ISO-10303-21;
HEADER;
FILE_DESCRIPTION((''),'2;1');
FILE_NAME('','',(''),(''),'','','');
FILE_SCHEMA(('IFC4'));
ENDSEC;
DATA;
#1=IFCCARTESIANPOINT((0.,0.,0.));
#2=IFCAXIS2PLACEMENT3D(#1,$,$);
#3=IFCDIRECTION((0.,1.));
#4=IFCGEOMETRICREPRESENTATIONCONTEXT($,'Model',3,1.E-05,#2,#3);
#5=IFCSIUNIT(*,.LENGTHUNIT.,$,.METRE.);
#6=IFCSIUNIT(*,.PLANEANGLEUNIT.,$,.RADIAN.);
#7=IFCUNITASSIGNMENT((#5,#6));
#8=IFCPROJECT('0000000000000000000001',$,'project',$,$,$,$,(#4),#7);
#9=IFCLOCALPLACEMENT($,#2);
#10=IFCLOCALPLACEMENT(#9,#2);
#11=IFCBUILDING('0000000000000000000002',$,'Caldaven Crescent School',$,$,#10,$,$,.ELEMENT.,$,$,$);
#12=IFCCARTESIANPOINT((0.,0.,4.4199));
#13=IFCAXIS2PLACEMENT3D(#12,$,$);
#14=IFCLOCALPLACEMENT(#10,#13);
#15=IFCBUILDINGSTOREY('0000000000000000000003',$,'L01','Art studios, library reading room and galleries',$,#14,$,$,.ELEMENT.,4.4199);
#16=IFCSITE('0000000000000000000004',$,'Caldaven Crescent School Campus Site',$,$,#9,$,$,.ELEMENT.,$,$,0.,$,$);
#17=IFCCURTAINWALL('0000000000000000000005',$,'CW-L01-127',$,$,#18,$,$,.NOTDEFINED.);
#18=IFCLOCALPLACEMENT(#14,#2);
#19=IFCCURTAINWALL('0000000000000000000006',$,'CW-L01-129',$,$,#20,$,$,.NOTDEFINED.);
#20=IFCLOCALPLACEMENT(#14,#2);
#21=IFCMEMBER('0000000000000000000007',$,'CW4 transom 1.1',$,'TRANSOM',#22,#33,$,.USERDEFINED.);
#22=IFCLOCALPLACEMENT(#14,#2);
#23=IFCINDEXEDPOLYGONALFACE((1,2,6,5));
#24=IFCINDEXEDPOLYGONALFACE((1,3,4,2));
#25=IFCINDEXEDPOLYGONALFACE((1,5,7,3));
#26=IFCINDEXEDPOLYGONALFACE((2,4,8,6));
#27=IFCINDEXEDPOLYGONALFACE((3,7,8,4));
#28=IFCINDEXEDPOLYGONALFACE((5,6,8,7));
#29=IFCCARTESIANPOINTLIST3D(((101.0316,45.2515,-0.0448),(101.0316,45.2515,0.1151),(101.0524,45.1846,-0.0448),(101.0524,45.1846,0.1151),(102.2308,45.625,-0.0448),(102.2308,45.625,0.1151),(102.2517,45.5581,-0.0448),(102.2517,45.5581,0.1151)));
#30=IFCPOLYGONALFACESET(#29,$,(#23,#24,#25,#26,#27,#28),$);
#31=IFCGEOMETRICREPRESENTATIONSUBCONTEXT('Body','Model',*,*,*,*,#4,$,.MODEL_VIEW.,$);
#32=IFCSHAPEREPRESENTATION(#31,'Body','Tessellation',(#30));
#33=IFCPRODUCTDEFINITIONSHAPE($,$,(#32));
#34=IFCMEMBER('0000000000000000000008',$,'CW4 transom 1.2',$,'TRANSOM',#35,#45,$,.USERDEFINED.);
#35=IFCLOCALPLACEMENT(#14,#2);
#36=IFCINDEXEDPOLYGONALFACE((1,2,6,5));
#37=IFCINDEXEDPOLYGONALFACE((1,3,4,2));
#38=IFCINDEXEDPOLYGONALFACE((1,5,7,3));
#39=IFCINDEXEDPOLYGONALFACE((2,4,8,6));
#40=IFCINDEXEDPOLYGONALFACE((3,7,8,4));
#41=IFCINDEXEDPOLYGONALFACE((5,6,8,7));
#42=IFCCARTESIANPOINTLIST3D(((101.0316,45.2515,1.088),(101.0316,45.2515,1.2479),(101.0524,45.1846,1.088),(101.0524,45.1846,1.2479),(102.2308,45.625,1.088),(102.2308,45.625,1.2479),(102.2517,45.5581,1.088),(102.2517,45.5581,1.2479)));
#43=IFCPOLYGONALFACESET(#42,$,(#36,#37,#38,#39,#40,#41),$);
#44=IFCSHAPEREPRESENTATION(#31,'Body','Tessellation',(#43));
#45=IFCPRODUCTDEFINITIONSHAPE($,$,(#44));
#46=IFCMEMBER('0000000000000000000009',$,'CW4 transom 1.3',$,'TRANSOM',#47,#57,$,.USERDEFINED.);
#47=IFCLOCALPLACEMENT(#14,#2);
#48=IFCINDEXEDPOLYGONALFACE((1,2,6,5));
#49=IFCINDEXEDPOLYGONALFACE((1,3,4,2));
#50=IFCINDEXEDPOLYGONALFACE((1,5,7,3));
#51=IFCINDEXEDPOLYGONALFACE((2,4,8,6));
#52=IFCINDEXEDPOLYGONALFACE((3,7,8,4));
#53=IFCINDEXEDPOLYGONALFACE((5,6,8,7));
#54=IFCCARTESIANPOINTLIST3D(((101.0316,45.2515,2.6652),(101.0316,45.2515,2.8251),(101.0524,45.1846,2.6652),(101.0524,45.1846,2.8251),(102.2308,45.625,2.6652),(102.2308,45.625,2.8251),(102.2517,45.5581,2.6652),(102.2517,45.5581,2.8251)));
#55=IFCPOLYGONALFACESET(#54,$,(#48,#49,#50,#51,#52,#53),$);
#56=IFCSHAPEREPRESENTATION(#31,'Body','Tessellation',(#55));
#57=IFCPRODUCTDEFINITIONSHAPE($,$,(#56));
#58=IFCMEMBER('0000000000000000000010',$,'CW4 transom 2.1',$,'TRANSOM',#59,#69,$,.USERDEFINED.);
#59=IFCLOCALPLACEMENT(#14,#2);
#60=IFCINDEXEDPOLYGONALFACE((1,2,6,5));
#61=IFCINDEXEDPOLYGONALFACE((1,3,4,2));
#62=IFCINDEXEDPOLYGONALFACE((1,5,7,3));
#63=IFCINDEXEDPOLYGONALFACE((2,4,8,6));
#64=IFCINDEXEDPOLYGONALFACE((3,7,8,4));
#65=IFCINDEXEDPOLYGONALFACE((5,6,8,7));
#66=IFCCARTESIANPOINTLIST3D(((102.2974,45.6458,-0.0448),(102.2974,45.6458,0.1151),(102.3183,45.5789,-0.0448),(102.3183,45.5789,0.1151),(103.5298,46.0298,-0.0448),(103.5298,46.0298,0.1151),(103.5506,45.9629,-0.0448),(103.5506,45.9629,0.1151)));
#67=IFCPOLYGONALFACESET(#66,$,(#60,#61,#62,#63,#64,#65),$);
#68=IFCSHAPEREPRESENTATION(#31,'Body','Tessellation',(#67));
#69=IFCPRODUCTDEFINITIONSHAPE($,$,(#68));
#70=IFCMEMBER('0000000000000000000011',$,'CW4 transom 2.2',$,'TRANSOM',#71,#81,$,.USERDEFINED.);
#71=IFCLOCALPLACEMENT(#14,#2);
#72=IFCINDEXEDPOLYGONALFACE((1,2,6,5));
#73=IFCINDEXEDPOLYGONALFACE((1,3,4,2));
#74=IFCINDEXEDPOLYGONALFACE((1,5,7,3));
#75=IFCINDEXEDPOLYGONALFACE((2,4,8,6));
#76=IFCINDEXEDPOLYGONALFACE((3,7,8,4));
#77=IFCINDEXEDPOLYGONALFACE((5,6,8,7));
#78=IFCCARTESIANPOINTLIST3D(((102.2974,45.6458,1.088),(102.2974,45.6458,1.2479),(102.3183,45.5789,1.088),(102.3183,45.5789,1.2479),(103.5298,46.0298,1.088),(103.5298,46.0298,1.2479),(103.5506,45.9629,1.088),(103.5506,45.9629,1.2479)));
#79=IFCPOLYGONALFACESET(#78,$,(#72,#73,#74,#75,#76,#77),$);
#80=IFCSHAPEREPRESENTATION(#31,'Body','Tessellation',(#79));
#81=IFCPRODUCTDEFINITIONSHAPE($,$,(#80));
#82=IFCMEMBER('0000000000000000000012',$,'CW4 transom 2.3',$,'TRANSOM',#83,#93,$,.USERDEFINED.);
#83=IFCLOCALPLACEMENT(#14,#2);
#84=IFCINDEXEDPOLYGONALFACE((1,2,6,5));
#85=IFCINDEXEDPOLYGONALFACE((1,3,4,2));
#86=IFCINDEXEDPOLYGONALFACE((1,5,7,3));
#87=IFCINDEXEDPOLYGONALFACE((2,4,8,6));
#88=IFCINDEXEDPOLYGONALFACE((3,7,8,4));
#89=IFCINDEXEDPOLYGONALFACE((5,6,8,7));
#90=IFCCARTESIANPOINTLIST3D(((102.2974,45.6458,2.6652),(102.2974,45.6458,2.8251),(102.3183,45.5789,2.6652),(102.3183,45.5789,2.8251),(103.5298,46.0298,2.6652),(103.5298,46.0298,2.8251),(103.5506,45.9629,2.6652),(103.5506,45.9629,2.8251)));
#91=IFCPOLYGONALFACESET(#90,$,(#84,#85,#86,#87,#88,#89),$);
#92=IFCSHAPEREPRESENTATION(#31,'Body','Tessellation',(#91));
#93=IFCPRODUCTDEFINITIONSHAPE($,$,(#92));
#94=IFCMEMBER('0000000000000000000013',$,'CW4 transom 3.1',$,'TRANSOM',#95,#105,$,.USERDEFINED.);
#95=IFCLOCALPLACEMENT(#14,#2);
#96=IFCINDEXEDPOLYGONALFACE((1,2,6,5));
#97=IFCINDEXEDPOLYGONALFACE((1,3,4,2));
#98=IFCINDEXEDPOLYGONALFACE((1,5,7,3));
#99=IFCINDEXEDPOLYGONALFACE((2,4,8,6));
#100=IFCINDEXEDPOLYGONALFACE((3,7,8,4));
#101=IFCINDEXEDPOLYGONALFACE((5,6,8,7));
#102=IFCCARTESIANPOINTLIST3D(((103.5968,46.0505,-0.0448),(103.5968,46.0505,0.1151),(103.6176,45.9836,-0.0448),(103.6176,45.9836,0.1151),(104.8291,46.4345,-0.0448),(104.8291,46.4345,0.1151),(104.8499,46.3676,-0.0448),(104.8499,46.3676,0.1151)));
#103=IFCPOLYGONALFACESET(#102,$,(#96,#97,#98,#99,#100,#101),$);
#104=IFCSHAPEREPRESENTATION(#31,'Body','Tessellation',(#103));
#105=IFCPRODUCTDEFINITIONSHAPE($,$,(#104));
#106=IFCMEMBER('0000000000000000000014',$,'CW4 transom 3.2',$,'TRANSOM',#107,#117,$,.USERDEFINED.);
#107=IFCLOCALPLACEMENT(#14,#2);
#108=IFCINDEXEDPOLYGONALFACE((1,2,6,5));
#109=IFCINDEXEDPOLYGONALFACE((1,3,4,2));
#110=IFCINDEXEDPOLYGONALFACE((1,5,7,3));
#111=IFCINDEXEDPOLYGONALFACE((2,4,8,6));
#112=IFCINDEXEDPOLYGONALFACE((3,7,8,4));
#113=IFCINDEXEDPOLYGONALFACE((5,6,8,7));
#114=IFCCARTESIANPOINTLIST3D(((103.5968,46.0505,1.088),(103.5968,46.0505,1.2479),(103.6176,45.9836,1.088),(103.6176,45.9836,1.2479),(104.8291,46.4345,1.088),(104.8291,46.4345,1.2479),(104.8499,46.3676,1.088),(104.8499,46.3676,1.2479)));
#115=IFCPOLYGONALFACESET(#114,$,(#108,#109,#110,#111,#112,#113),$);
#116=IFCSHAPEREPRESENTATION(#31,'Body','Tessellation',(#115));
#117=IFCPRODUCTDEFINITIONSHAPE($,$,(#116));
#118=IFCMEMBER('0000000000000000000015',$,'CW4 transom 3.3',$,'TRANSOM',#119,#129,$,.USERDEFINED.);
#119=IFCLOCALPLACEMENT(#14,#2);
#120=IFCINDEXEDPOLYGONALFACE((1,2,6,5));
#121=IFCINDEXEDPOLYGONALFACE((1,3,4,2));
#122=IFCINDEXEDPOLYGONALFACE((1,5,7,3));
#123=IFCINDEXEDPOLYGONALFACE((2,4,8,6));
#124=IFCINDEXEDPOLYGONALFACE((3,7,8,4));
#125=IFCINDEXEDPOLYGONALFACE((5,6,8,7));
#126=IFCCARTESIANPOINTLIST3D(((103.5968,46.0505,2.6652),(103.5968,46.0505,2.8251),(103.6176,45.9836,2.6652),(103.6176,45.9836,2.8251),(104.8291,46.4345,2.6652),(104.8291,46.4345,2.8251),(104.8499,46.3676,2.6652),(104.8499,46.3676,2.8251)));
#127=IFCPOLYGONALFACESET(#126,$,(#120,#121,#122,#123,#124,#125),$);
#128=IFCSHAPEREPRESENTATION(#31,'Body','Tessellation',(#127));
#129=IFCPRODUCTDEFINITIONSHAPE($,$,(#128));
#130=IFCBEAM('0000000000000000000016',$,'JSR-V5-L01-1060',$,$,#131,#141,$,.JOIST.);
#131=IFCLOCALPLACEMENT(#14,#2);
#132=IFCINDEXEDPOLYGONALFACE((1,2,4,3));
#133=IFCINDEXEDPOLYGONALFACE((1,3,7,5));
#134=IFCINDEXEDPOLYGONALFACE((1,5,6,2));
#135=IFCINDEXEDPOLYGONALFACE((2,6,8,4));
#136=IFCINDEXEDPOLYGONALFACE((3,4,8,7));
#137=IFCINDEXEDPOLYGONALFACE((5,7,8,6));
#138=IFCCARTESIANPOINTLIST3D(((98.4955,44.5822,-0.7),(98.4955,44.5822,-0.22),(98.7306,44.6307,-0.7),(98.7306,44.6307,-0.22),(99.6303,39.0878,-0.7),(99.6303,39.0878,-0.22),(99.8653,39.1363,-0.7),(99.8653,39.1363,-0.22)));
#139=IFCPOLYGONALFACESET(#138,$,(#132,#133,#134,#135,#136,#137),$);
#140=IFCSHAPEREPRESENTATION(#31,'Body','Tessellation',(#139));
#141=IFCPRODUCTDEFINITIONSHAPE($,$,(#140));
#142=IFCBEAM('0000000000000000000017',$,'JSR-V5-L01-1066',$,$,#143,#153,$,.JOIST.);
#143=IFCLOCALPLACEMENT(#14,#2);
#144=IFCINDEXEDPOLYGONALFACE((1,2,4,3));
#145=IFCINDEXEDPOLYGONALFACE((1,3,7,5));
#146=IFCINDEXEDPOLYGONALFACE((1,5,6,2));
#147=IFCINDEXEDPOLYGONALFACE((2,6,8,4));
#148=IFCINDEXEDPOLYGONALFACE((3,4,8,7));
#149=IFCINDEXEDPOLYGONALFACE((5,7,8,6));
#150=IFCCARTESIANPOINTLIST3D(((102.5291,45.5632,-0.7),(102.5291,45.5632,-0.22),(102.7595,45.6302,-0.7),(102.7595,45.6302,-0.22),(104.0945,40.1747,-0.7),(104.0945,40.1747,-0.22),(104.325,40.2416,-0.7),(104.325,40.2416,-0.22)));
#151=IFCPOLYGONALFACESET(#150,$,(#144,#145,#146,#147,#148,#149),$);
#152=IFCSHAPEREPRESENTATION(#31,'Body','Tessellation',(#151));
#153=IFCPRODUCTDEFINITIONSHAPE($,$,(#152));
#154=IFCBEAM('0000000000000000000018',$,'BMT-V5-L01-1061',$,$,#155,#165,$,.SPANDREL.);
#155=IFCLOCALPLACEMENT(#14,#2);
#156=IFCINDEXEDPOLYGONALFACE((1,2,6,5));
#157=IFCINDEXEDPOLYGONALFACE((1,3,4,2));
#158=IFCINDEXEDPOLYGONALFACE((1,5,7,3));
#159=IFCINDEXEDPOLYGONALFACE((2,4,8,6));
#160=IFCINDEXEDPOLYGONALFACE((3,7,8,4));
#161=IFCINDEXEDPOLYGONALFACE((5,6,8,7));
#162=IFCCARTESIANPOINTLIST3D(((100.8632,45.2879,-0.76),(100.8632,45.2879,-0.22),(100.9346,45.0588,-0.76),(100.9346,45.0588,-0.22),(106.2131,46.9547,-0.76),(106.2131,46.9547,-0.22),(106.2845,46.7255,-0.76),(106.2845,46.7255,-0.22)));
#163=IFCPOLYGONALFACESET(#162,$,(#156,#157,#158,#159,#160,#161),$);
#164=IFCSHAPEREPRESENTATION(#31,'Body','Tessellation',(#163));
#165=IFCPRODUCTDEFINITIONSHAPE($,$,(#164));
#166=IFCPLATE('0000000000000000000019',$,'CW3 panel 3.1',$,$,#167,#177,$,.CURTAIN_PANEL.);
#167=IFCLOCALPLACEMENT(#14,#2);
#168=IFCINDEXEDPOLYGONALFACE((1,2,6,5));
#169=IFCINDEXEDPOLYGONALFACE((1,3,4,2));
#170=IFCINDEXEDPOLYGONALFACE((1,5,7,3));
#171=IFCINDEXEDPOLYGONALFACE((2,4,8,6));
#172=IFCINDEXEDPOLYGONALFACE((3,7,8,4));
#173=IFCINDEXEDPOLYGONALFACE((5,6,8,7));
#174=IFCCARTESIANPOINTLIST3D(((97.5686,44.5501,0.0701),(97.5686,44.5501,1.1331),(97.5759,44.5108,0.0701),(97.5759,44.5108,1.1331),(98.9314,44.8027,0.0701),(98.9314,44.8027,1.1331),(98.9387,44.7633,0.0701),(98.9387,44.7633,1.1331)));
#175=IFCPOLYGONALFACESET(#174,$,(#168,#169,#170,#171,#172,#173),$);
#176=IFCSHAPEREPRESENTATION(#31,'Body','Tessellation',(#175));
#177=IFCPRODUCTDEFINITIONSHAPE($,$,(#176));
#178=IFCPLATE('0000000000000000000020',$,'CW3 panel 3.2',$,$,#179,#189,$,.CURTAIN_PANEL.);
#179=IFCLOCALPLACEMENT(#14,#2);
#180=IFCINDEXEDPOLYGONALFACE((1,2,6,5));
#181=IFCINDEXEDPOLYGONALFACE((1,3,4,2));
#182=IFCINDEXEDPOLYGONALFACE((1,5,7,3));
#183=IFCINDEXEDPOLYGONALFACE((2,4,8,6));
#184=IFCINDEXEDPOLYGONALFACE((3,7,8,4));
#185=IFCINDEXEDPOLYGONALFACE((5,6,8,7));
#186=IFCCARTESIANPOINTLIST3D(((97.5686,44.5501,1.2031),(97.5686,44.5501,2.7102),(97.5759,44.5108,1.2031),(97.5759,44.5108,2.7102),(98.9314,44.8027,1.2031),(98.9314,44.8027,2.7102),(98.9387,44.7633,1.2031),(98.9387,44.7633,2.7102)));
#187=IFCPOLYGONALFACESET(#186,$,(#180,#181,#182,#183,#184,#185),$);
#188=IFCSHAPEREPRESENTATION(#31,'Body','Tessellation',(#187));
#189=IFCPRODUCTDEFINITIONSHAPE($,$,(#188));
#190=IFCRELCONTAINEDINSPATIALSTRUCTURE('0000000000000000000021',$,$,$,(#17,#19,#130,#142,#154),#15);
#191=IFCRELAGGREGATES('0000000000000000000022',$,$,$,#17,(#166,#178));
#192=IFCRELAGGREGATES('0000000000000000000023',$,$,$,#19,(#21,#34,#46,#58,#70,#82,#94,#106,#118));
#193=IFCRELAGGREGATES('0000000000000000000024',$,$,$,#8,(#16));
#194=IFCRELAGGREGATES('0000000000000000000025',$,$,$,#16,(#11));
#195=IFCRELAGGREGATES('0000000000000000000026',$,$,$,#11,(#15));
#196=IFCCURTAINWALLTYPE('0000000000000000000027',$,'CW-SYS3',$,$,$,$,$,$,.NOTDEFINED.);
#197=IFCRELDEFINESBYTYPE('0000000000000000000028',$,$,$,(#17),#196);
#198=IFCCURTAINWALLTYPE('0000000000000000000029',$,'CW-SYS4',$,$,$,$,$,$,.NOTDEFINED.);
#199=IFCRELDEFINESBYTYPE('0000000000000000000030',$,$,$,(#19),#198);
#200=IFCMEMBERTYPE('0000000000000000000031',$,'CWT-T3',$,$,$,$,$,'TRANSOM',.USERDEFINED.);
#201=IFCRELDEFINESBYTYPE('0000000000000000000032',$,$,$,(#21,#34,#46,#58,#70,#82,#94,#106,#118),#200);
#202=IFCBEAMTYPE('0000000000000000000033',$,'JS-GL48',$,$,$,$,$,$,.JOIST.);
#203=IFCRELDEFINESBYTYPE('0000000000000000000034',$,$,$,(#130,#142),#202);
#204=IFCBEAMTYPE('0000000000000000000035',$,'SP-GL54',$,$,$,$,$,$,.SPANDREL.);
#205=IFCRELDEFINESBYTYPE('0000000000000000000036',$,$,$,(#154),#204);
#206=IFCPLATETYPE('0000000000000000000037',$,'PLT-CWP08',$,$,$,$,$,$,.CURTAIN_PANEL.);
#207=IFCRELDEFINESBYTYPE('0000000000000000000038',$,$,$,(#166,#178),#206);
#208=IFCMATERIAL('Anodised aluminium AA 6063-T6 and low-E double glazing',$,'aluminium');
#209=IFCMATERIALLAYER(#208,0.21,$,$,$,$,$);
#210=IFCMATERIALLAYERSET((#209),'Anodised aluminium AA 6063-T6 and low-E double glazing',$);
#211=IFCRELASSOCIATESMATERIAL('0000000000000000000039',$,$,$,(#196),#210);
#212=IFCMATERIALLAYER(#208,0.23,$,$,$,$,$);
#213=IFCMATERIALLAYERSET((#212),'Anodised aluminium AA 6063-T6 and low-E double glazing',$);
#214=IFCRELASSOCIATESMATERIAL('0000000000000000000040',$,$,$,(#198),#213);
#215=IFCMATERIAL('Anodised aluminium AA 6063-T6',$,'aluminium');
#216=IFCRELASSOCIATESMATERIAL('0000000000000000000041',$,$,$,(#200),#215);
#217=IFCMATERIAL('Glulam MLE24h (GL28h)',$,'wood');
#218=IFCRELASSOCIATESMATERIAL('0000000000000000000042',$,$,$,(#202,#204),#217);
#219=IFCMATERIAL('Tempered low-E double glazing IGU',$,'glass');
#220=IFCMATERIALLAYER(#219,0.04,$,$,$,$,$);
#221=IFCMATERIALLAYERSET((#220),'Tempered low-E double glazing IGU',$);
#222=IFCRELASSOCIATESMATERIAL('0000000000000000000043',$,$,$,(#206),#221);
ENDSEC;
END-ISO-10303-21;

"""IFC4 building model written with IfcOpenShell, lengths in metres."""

from ifc_helpers import new_model, si_unit, direction, frame, origin, origin_2d, place, context, subcontext, project, spatial, rectangle, extrude, material, layer, layer_set, material_profile, profile_set, type_object, element, aggregate, save


model = new_model("IFC4")

# Units and contexts
model_context = context("Model", 3, precision=1e-05, world=origin(), true_north=direction((0.0, 1.0)))
body_context = subcontext(model_context, "Body", "Model", "MODEL_VIEW")
ifc_project = project(units=[si_unit("LENGTHUNIT", "METRE"), si_unit("PLANEANGLEUNIT", "RADIAN")], contexts=[model_context])

# Site, building, storey
site_placement = place(None, origin())
site = spatial("IfcSite", under=ifc_project, at=site_placement, Name="Caldaven Crescent School Campus Site", CompositionType="ELEMENT", RefElevation=0.0)
building_placement = place(site_placement, origin())
building = spatial("IfcBuilding", under=site, at=building_placement, Name="Caldaven Crescent School", CompositionType="ELEMENT")
storey_placement = place(building_placement, frame((0.0, 0.0, 4.4199)))
storey = spatial("IfcBuildingStorey", under=building, at=storey_placement, Name="L01", Description="Art studios, library reading room and galleries", CompositionType="ELEMENT", Elevation=4.4199)

# Shared definitions
ifc_material_1 = material(Name="Glulam MLE24h (GL28h)", Category="wood")

# Curtain walls
ifc_material_2 = material(Name="Anodised aluminium AA 6063-T6 and low-E double glazing", Category="aluminium")
ifc_layer_1 = layer(ifc_material_2, 0.21)
ifc_layer_set_1 = layer_set([ifc_layer_1], Name="Anodised aluminium AA 6063-T6 and low-E double glazing")
curtain_wall_type_1 = type_object("IfcCurtainWallType", Name="CW-SYS3", PredefinedType="NOTDEFINED", material=ifc_layer_set_1)
curtain_wall_1_placement = place(storey_placement, origin())
curtain_wall_1 = element("IfcCurtainWall", 1, at=curtain_wall_1_placement, inside=storey, type_object=curtain_wall_type_1, Name="CW-L01-127", PredefinedType="NOTDEFINED")
ifc_material_3 = material(Name="Anodised aluminium AA 6063-T6", Category="aluminium")
ifc_layer_2 = layer(ifc_material_2, 0.23)
ifc_layer_set_2 = layer_set([ifc_layer_2], Name="Anodised aluminium AA 6063-T6 and low-E double glazing")
curtain_wall_type_2 = type_object("IfcCurtainWallType", Name="CW-SYS4", PredefinedType="NOTDEFINED", material=ifc_layer_set_2)
curtain_wall_2_placement = place(storey_placement, origin())
curtain_wall_2 = element("IfcCurtainWall", 2, at=curtain_wall_2_placement, inside=storey, type_object=curtain_wall_type_2, Name="CW-L01-129", PredefinedType="NOTDEFINED")

# Members
ifc_material_profile_1 = material_profile(ifc_material_3, rectangle(XDim=0.0701, YDim=0.1599, at=origin_2d()), Name="CWT 70x160")
ifc_profile_set_1 = profile_set([ifc_material_profile_1], Name="Anodised aluminium AA 6063-T6")
member_type_1 = type_object("IfcMemberType", Name="CWT-T3", ElementType="TRANSOM", PredefinedType="USERDEFINED", material=ifc_profile_set_1)
member_1_placement = place(storey_placement, frame((101.042, 45.218, 0.0352), z_axis=(0.954756, 0.297389, 0.0), x_axis=(-0.297389, 0.954756, 0.0)))
member_1 = element("IfcMember", 3, at=member_1_placement, type_object=member_type_1, Name="CW4 transom 1.1", ObjectType="TRANSOM", PredefinedType="USERDEFINED", context=body_context, shape_type="SweptSolid", body=[
    extrude(rectangle(XDim=0.0701, YDim=0.1599, at=origin_2d()), origin(), (0.0, 0.0, 1.0), 1.2561),
])
member_2_placement = place(storey_placement, frame((101.042, 45.218, 1.168), z_axis=(0.954756, 0.297389, 0.0), x_axis=(-0.297389, 0.954756, 0.0)))
member_2 = element("IfcMember", 4, at=member_2_placement, type_object=member_type_1, Name="CW4 transom 1.2", ObjectType="TRANSOM", PredefinedType="USERDEFINED", context=body_context, shape_type="SweptSolid", body=[
    extrude(rectangle(XDim=0.0701, YDim=0.1599, at=origin_2d()), origin(), (0.0, 0.0, 1.0), 1.2561),
])
member_3_placement = place(storey_placement, frame((101.042, 45.218, 2.7451), z_axis=(0.954756, 0.297389, 0.0), x_axis=(-0.297389, 0.954756, 0.0)))
member_3 = element("IfcMember", 5, at=member_3_placement, type_object=member_type_1, Name="CW4 transom 1.3", ObjectType="TRANSOM", PredefinedType="USERDEFINED", context=body_context, shape_type="SweptSolid", body=[
    extrude(rectangle(XDim=0.0701, YDim=0.1599, at=origin_2d()), origin(), (0.0, 0.0, 1.0), 1.2561),
])
member_4_placement = place(storey_placement, frame((102.3079, 45.6123, 0.0352), z_axis=(0.954722, 0.2975, 0.0), x_axis=(-0.2975, 0.954722, 0.0)))
member_4 = element("IfcMember", 6, at=member_4_placement, type_object=member_type_1, Name="CW4 transom 2.1", ObjectType="TRANSOM", PredefinedType="USERDEFINED", context=body_context, shape_type="SweptSolid", body=[
    extrude(rectangle(XDim=0.0701, YDim=0.1599, at=origin_2d()), origin(), (0.0, 0.0, 1.0), 1.2908),
])
member_5_placement = place(storey_placement, frame((102.3079, 45.6123, 1.168), z_axis=(0.954722, 0.2975, 0.0), x_axis=(-0.2975, 0.954722, 0.0)))
member_5 = element("IfcMember", 7, at=member_5_placement, type_object=member_type_1, Name="CW4 transom 2.2", ObjectType="TRANSOM", PredefinedType="USERDEFINED", context=body_context, shape_type="SweptSolid", body=[
    extrude(rectangle(XDim=0.0701, YDim=0.1599, at=origin_2d()), origin(), (0.0, 0.0, 1.0), 1.2908),
])
member_6_placement = place(storey_placement, frame((102.3079, 45.6123, 2.7451), z_axis=(0.954722, 0.2975, 0.0), x_axis=(-0.2975, 0.954722, 0.0)))
member_6 = element("IfcMember", 8, at=member_6_placement, type_object=member_type_1, Name="CW4 transom 2.3", ObjectType="TRANSOM", PredefinedType="USERDEFINED", context=body_context, shape_type="SweptSolid", body=[
    extrude(rectangle(XDim=0.0701, YDim=0.1599, at=origin_2d()), origin(), (0.0, 0.0, 1.0), 1.2908),
])
member_7_placement = place(storey_placement, frame((103.6072, 46.0171, 0.0352), z_axis=(0.954722, 0.2975, 0.0), x_axis=(-0.2975, 0.954722, 0.0)))
member_7 = element("IfcMember", 9, at=member_7_placement, type_object=member_type_1, Name="CW4 transom 3.1", ObjectType="TRANSOM", PredefinedType="USERDEFINED", context=body_context, shape_type="SweptSolid", body=[
    extrude(rectangle(XDim=0.0701, YDim=0.1599, at=origin_2d()), origin(), (0.0, 0.0, 1.0), 1.2908),
])
member_8_placement = place(storey_placement, frame((103.6072, 46.0171, 1.168), z_axis=(0.954722, 0.2975, 0.0), x_axis=(-0.2975, 0.954722, 0.0)))
member_8 = element("IfcMember", 10, at=member_8_placement, type_object=member_type_1, Name="CW4 transom 3.2", ObjectType="TRANSOM", PredefinedType="USERDEFINED", context=body_context, shape_type="SweptSolid", body=[
    extrude(rectangle(XDim=0.0701, YDim=0.1599, at=origin_2d()), origin(), (0.0, 0.0, 1.0), 1.2908),
])
member_9_placement = place(storey_placement, frame((103.6072, 46.0171, 2.7451), z_axis=(0.954722, 0.2975, 0.0), x_axis=(-0.2975, 0.954722, 0.0)))
member_9 = element("IfcMember", 11, at=member_9_placement, type_object=member_type_1, Name="CW4 transom 3.3", ObjectType="TRANSOM", PredefinedType="USERDEFINED", context=body_context, shape_type="SweptSolid", body=[
    extrude(rectangle(XDim=0.0701, YDim=0.1599, at=origin_2d()), origin(), (0.0, 0.0, 1.0), 1.2908),
])

# Beams
ifc_material_profile_2 = material_profile(ifc_material_1, rectangle(XDim=0.24, YDim=0.48, at=origin_2d()), Name="MLE 240x480")
ifc_profile_set_2 = profile_set([ifc_material_profile_2], Name="Glulam MLE24h (GL28h)")
beam_type_1 = type_object("IfcBeamType", Name="JS-GL48", PredefinedType="JOIST", material=ifc_profile_set_2)
beam_1_placement = place(storey_placement, frame((98.613, 44.6064, -0.46), z_axis=(0.202263, -0.979331, 0.0), x_axis=(0.979331, 0.202263, 0.0)))
element("IfcBeam", 12, at=beam_1_placement, inside=storey, type_object=beam_type_1, Name="JSR-V5-L01-1060", PredefinedType="JOIST", context=body_context, shape_type="SweptSolid", body=[
    extrude(rectangle(XDim=0.24, YDim=0.48, at=origin_2d()), origin(), (0.0, 0.0, 1.0), 5.6104),
])
beam_2_placement = place(storey_placement, frame((102.6443, 45.5967, -0.46), z_axis=(0.278982, -0.960296, 0.0), x_axis=(0.960296, 0.278982, 0.0)))
element("IfcBeam", 13, at=beam_2_placement, inside=storey, type_object=beam_type_1, Name="JSR-V5-L01-1066", PredefinedType="JOIST", context=body_context, shape_type="SweptSolid", body=[
    extrude(rectangle(XDim=0.24, YDim=0.48, at=origin_2d()), origin(), (0.0, 0.0, 1.0), 5.6113),
])
ifc_material_profile_3 = material_profile(ifc_material_1, rectangle(XDim=0.24, YDim=0.54, at=origin_2d()), Name="MLE 240x540")
ifc_profile_set_3 = profile_set([ifc_material_profile_3], Name="Glulam MLE24h (GL28h)")
beam_type_2 = type_object("IfcBeamType", Name="SP-GL54", PredefinedType="SPANDREL", material=ifc_profile_set_3)
beam_3_placement = place(storey_placement, frame((100.8989, 45.1733, -0.49), z_axis=(0.954738, 0.297449, 0.0), x_axis=(-0.297449, 0.954738, 0.0)))
element("IfcBeam", 14, at=beam_3_placement, inside=storey, type_object=beam_type_2, Name="BMT-V5-L01-1061", PredefinedType="SPANDREL", context=body_context, shape_type="SweptSolid", body=[
    extrude(rectangle(XDim=0.24, YDim=0.54, at=origin_2d()), origin(), (0.0, 0.0, 1.0), 5.6035),
])

# Plates
ifc_material_4 = material(Name="Tempered low-E double glazing IGU", Category="glass")
ifc_layer_3 = layer(ifc_material_4, 0.04)
ifc_layer_set_3 = layer_set([ifc_layer_3], Name="Tempered low-E double glazing IGU")
plate_type_1 = type_object("IfcPlateType", Name="PLT-CWP08", PredefinedType="CURTAIN_PANEL", material=ifc_layer_set_3)
plate_1_placement = place(storey_placement, frame((98.2537, 44.6567, 0.0701), z_axis=(0.0, 0.0, 1.0), x_axis=(0.983255, 0.182236, 0.0)))
plate_1 = element("IfcPlate", 15, at=plate_1_placement, type_object=plate_type_1, Name="CW3 panel 3.1", PredefinedType="CURTAIN_PANEL", context=body_context, shape_type="SweptSolid", body=[
    extrude(rectangle(XDim=1.386, YDim=0.04, at=origin_2d()), origin(), (0.0, 0.0, 1.0), 1.063),
])
plate_2_placement = place(storey_placement, frame((98.2537, 44.6567, 1.2031), z_axis=(0.0, 0.0, 1.0), x_axis=(0.983255, 0.182236, 0.0)))
plate_2 = element("IfcPlate", 16, at=plate_2_placement, type_object=plate_type_1, Name="CW3 panel 3.2", PredefinedType="CURTAIN_PANEL", context=body_context, shape_type="SweptSolid", body=[
    extrude(rectangle(XDim=1.386, YDim=0.04, at=origin_2d()), origin(), (0.0, 0.0, 1.0), 1.5071),
])
aggregate(curtain_wall_1, [plate_1, plate_2])
aggregate(curtain_wall_2, [member_1, member_2, member_3, member_4, member_5, member_6, member_7, member_8, member_9])

save(model, "model.ifc")
